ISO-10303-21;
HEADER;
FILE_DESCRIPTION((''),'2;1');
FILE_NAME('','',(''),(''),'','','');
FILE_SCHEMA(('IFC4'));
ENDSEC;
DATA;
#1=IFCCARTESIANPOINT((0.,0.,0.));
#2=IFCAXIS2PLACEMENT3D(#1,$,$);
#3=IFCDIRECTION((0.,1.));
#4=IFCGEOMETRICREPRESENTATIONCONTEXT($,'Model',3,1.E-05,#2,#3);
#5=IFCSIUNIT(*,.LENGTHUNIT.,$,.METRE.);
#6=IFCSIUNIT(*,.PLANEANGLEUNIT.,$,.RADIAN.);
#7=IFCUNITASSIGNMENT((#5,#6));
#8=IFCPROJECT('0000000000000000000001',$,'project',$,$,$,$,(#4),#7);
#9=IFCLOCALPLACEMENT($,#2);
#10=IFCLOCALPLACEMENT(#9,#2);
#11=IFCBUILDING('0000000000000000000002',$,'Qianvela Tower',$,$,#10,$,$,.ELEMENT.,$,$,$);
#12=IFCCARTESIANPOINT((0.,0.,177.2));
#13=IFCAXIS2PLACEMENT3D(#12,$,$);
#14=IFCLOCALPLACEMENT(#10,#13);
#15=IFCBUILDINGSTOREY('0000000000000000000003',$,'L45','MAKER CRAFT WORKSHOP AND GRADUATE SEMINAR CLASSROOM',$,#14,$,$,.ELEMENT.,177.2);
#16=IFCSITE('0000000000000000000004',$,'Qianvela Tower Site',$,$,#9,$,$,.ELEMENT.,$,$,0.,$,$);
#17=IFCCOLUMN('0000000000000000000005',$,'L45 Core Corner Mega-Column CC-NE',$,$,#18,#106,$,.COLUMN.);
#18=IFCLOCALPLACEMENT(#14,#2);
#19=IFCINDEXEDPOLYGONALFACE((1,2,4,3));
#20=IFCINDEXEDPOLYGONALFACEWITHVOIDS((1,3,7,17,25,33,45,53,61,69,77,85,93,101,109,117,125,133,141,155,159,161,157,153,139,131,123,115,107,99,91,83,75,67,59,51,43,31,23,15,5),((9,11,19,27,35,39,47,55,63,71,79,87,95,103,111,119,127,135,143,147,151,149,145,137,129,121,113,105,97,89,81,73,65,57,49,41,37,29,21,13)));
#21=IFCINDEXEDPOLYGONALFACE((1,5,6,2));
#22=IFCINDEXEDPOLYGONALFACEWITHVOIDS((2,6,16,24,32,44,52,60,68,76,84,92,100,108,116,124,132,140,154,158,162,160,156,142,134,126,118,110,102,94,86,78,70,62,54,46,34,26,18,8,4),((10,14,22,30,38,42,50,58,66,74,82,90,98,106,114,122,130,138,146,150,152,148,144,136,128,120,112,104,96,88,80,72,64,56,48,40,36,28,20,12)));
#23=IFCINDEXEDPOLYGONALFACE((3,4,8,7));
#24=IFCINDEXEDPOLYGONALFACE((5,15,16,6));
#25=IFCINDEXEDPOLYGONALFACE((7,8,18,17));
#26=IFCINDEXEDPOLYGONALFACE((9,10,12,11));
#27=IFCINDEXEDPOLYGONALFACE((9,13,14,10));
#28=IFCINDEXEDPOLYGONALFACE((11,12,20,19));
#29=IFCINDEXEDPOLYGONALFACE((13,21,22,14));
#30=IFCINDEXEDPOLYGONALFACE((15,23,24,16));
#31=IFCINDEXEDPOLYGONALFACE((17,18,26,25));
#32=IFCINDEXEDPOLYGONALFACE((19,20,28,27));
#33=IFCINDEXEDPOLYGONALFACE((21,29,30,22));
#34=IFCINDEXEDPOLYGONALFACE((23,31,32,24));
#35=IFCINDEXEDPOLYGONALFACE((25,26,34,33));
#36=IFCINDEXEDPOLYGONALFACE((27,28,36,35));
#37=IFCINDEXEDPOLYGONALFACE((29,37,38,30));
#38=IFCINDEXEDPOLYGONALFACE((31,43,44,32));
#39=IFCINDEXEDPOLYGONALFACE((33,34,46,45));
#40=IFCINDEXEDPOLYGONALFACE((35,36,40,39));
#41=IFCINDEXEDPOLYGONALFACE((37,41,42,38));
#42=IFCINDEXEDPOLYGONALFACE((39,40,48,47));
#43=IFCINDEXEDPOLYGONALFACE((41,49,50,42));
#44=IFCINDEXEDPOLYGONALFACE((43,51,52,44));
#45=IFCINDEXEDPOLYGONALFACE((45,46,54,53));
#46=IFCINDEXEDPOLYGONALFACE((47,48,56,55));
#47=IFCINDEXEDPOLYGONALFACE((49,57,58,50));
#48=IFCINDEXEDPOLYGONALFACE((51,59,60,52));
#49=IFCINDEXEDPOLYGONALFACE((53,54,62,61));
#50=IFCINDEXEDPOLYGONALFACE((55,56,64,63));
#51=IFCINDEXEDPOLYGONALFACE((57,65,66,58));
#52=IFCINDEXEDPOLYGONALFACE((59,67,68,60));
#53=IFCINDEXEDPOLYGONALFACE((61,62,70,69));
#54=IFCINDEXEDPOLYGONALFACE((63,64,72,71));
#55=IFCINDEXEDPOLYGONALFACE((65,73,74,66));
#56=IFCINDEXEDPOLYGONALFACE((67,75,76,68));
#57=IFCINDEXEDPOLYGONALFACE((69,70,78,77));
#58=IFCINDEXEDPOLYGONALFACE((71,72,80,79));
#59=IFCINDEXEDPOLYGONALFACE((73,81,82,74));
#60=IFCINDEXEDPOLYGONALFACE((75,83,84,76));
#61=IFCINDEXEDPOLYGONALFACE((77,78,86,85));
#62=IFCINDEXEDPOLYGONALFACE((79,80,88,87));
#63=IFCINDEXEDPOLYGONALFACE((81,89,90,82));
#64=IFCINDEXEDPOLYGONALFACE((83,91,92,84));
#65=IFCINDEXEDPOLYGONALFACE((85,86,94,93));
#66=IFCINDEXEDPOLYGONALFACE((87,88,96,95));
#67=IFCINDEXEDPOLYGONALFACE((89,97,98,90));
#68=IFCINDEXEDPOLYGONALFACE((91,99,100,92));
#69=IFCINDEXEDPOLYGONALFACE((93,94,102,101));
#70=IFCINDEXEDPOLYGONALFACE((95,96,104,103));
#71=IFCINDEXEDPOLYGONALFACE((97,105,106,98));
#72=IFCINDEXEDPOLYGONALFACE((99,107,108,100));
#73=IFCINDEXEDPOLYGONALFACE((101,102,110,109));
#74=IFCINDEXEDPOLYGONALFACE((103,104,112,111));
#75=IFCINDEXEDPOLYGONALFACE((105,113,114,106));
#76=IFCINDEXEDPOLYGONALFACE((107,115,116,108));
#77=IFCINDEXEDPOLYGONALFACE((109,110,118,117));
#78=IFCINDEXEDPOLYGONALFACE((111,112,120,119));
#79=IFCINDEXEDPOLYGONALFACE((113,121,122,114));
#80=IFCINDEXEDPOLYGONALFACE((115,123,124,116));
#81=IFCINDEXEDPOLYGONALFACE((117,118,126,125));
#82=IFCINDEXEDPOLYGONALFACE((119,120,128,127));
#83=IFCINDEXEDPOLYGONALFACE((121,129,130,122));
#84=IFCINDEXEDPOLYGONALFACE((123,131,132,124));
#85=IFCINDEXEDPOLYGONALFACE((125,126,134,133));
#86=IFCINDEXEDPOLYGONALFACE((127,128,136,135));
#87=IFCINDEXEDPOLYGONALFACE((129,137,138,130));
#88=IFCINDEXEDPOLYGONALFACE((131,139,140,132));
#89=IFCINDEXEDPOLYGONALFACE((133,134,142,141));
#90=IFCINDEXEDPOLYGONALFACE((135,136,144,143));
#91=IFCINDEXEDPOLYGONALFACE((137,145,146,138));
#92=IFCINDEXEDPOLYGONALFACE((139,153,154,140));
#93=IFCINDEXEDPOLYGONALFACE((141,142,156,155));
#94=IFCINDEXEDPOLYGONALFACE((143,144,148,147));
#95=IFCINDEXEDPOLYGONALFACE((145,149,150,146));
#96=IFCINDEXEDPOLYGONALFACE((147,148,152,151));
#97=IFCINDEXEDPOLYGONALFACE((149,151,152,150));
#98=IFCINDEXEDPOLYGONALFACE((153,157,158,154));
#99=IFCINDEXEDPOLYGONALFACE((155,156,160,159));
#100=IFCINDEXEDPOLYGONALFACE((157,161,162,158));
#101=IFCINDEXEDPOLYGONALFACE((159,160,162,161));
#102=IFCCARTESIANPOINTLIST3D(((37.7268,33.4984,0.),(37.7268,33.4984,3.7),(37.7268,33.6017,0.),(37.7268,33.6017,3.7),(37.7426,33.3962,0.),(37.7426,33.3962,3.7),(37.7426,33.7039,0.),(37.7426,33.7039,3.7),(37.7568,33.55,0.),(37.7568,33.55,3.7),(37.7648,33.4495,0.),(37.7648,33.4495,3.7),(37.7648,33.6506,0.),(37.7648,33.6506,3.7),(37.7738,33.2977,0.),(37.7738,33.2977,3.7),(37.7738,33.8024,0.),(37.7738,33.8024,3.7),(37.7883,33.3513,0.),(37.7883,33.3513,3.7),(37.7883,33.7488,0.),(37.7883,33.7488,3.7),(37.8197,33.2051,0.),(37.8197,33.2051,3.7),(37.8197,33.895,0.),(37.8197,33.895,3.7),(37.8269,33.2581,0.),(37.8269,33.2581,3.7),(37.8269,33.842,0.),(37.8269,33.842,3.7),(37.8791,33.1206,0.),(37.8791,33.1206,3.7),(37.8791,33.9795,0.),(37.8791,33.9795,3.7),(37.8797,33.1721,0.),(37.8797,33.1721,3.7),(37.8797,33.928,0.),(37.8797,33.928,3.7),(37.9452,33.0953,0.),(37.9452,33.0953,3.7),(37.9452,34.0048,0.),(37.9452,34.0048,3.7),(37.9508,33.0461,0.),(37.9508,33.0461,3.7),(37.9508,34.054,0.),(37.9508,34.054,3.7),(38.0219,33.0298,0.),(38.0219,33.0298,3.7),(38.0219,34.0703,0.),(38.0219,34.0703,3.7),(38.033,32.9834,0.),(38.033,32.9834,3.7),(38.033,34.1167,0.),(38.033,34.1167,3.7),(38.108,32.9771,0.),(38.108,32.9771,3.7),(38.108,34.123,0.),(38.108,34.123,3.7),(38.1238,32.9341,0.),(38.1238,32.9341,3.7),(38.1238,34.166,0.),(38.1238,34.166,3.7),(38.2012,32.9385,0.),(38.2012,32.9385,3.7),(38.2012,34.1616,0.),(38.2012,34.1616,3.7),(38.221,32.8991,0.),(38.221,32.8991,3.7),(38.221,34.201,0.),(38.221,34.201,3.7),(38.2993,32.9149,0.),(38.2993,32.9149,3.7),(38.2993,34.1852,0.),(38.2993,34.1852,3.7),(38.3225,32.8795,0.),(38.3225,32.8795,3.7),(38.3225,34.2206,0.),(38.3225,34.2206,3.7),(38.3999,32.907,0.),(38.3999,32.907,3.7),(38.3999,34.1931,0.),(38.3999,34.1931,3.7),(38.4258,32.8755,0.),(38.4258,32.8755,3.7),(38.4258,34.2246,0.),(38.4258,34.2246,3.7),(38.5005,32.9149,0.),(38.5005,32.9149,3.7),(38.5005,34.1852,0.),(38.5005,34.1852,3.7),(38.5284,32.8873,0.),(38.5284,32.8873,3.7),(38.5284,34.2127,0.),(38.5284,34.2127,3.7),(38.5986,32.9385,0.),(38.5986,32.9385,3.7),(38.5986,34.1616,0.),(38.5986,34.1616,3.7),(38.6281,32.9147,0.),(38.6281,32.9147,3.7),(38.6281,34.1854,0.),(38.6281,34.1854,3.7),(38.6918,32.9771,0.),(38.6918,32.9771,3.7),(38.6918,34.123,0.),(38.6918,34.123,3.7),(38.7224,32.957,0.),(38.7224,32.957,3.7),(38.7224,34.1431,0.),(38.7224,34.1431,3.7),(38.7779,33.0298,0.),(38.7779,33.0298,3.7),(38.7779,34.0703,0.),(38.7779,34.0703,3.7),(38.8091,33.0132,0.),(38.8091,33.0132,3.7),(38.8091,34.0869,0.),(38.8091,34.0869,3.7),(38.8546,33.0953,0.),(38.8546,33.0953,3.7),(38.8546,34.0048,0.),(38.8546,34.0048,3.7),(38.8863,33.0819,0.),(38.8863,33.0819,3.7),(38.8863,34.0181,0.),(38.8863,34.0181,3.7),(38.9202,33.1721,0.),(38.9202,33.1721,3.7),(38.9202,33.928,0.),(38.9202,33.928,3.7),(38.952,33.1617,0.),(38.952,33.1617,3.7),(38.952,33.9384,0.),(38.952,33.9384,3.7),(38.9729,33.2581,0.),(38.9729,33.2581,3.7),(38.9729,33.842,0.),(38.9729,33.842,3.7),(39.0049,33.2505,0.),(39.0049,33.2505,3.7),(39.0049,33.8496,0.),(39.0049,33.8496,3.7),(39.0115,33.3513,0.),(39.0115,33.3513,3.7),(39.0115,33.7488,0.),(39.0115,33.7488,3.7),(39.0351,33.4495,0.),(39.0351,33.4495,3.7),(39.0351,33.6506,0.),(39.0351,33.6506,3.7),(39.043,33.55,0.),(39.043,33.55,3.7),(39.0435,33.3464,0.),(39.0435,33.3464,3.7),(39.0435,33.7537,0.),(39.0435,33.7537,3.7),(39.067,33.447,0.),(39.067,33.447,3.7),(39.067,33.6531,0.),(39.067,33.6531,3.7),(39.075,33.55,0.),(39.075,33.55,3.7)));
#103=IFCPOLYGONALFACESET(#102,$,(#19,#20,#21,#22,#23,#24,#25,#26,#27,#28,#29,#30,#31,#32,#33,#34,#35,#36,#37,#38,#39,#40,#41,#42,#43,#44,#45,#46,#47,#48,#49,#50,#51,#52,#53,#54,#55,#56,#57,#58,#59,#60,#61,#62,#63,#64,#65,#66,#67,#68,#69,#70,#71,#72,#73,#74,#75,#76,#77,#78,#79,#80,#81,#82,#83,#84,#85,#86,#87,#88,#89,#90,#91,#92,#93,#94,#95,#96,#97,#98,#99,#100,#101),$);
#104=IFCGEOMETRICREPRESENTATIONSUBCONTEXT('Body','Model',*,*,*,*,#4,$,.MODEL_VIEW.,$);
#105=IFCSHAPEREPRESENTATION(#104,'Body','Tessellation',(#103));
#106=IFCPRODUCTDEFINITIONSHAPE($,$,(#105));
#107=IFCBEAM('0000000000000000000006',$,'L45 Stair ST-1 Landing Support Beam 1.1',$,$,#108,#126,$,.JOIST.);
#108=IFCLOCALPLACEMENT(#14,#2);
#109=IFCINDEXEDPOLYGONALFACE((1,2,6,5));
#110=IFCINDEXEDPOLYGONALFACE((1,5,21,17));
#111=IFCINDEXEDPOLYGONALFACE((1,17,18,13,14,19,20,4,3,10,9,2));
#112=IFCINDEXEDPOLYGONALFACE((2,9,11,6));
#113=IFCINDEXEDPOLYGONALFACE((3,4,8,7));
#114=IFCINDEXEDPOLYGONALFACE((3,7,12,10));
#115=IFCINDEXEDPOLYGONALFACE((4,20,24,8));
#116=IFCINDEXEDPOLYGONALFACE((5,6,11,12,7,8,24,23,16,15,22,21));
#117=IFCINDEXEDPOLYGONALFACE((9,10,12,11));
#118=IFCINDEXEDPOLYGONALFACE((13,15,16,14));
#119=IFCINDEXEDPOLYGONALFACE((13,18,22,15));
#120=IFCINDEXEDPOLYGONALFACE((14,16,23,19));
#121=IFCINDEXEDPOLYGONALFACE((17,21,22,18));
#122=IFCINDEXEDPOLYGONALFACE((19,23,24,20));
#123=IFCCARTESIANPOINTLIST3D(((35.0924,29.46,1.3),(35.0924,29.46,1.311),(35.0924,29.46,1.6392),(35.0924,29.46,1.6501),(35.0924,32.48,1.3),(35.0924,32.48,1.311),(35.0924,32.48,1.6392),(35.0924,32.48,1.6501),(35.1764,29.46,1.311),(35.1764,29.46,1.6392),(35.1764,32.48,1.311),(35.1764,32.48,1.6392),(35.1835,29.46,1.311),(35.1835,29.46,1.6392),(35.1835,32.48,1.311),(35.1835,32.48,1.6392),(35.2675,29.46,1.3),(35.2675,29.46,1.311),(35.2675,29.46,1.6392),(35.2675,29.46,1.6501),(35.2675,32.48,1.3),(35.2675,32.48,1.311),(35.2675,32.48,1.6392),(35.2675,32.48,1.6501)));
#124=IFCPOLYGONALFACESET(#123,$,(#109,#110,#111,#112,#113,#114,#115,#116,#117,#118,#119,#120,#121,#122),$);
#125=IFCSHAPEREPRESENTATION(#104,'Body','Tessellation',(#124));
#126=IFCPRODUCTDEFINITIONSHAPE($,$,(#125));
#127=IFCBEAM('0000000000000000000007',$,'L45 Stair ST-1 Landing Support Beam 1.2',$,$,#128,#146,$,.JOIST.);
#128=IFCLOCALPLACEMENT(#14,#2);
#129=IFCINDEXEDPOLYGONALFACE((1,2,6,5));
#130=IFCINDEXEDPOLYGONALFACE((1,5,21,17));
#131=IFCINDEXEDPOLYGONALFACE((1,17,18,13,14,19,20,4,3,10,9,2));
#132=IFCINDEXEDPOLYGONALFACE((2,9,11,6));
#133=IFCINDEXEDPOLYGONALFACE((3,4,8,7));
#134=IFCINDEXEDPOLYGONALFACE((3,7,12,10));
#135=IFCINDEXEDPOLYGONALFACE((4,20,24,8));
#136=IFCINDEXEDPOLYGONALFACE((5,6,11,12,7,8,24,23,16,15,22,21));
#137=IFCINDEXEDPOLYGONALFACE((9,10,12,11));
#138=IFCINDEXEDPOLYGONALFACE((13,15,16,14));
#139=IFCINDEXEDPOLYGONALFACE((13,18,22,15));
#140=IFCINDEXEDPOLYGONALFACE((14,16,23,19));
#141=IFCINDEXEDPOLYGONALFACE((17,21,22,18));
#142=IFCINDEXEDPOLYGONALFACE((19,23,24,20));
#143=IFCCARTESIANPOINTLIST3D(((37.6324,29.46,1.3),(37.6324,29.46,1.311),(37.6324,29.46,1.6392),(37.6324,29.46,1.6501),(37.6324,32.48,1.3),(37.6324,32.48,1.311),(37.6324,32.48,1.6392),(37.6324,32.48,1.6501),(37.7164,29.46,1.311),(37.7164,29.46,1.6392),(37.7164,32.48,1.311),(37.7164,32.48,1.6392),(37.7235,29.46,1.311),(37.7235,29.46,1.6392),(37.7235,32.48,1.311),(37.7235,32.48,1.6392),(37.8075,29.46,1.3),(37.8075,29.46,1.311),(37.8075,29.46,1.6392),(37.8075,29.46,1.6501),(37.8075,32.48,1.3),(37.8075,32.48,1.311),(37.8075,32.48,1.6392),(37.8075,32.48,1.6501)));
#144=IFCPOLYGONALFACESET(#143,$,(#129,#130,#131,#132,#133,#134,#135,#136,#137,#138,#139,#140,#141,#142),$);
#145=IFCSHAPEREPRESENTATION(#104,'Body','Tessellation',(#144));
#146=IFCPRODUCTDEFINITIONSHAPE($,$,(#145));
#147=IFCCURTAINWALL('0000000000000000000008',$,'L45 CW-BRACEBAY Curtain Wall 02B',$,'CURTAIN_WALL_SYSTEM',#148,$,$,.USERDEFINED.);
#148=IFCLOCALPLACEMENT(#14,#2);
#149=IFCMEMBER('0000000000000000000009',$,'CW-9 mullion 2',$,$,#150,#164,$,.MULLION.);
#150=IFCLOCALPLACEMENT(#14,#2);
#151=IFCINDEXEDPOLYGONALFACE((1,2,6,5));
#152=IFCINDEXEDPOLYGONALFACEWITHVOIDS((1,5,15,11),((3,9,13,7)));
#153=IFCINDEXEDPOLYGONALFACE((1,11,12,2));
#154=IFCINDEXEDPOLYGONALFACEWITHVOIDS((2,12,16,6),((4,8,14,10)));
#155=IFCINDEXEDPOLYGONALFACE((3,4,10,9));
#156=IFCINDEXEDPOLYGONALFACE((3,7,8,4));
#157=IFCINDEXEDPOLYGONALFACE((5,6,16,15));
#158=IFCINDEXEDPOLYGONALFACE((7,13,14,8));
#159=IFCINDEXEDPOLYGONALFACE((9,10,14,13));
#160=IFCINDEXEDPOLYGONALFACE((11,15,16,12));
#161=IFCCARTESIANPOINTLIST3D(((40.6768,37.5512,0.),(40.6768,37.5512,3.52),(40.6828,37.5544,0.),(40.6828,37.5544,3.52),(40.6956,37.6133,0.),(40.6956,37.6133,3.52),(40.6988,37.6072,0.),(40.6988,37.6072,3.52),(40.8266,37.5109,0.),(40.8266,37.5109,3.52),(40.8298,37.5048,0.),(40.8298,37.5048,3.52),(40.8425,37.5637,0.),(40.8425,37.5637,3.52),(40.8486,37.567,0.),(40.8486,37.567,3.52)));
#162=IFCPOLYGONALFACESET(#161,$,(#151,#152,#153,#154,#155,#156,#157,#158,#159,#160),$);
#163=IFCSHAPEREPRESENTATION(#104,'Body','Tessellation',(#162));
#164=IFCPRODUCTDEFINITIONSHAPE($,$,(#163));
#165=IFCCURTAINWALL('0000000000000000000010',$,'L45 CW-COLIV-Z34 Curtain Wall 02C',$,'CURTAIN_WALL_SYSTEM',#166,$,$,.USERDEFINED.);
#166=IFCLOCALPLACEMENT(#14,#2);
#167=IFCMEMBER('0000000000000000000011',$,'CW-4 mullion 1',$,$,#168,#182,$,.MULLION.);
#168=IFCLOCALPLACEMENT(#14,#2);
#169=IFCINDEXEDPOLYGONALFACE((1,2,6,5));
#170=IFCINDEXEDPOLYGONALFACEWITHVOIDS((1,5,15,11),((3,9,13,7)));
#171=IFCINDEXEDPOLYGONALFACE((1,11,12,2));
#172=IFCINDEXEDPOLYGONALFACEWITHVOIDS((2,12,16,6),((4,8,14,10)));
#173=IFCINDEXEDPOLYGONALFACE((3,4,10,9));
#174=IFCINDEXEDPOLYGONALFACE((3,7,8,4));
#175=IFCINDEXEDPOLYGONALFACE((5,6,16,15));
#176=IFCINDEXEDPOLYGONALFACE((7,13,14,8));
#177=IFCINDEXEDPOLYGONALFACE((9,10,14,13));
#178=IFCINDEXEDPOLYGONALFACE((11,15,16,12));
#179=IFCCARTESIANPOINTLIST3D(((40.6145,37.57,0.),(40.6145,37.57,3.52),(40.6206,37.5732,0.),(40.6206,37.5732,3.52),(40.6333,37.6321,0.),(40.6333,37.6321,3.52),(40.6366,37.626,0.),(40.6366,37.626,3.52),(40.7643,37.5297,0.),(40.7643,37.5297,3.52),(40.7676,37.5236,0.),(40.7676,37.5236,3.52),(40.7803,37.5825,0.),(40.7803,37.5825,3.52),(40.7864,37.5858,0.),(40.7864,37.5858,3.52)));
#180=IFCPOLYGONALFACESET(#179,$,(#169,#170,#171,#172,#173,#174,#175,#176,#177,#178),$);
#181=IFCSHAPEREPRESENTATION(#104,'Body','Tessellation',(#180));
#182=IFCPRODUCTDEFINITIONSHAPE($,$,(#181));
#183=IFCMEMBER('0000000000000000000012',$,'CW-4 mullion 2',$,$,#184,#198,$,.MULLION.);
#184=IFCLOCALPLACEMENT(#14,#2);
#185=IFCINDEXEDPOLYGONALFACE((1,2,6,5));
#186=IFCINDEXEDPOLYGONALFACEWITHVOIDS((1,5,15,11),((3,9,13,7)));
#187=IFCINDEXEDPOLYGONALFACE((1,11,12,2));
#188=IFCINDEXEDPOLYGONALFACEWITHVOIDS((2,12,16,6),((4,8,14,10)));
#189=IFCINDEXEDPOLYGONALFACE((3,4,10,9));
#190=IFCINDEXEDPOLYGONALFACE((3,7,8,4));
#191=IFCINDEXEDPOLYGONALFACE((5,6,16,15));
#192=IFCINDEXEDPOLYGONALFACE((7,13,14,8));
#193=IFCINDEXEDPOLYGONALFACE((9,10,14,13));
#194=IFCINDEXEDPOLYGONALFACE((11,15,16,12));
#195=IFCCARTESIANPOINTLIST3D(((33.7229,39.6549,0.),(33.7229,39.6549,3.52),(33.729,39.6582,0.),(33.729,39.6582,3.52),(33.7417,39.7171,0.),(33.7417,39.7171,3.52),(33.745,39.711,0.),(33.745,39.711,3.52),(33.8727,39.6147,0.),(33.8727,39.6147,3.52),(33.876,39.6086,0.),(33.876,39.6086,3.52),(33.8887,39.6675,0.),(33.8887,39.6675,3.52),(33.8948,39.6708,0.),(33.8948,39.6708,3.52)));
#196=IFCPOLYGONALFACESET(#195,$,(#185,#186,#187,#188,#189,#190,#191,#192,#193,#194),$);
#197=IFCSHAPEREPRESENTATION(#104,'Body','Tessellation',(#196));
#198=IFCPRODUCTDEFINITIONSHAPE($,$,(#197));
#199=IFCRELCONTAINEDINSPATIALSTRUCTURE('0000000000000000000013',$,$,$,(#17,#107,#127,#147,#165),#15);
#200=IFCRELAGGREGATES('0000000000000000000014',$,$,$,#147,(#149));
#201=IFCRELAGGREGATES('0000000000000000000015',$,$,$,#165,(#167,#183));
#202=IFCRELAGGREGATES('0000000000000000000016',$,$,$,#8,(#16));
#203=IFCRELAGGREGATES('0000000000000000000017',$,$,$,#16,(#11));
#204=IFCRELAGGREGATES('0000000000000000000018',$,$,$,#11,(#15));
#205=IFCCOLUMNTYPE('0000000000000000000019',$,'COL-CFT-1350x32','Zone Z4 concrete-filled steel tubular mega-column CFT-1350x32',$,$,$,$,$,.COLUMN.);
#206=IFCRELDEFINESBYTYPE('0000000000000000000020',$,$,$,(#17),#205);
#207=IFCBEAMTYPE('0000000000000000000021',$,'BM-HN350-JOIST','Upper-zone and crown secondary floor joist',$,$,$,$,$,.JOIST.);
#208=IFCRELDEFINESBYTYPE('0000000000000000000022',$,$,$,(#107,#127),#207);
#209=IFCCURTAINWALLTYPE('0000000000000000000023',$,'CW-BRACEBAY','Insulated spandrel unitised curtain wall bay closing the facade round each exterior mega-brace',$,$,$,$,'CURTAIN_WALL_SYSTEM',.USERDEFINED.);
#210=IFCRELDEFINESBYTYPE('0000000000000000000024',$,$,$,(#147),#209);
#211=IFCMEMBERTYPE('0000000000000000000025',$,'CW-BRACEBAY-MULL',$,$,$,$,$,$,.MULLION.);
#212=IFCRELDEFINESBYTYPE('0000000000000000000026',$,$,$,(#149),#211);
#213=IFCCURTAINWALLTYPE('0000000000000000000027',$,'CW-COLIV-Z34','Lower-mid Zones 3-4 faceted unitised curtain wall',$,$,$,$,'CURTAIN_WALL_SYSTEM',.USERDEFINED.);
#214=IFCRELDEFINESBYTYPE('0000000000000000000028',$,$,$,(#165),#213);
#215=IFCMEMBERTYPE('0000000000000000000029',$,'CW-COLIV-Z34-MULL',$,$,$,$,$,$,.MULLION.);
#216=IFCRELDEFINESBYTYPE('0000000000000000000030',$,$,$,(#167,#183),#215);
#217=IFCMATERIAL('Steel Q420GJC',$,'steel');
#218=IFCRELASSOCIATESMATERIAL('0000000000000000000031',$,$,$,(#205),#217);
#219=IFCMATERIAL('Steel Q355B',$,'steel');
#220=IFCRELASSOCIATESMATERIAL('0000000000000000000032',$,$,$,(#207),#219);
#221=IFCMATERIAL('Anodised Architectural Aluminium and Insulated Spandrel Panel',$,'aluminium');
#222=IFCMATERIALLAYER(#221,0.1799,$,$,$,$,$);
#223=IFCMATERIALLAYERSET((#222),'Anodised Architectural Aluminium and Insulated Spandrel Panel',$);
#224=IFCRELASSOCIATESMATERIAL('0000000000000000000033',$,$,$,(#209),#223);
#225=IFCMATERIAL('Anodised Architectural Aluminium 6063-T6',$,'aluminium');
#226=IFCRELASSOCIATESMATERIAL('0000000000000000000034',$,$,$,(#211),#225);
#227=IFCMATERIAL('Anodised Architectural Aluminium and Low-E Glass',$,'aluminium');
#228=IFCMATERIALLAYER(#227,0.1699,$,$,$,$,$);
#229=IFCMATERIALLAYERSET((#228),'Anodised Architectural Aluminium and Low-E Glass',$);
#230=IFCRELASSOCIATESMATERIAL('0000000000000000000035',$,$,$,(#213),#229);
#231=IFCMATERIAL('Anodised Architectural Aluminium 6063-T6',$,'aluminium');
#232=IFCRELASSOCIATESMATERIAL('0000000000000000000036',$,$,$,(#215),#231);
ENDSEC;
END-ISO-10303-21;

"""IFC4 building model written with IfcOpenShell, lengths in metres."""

from ifc_helpers import new_model, si_unit, direction, frame, origin, origin_2d, place, context, subcontext, project, spatial, hollow_rectangle, hollow_circle, i_section, extrude, material, layer, layer_set, material_profile, profile_set, type_object, element, aggregate, save


model = new_model("IFC4")

# Units and contexts
model_context = context("Model", 3, precision=1e-05, world=origin(), true_north=direction((0.0, 1.0)))
body_context = subcontext(model_context, "Body", "Model", "MODEL_VIEW")
ifc_project = project(units=[si_unit("LENGTHUNIT", "METRE"), si_unit("PLANEANGLEUNIT", "RADIAN")], contexts=[model_context])

# Site, building, storey
site_placement = place(None, origin())
site = spatial("IfcSite", under=ifc_project, at=site_placement, Name="Qianvela Tower Site", CompositionType="ELEMENT", RefElevation=0.0)
building_placement = place(site_placement, origin())
building = spatial("IfcBuilding", under=site, at=building_placement, Name="Qianvela Tower", CompositionType="ELEMENT")
storey_placement = place(building_placement, frame((0.0, 0.0, 177.2)))
storey = spatial("IfcBuildingStorey", under=building, at=storey_placement, Name="L45", Description="MAKER CRAFT WORKSHOP AND GRADUATE SEMINAR CLASSROOM", CompositionType="ELEMENT", Elevation=177.2)

# Column
ifc_material_1 = material(Name="Steel Q420GJC", Category="steel")
ifc_material_profile_1 = material_profile(ifc_material_1, hollow_circle(Radius=0.675, WallThickness=0.032, at=origin_2d()), Name="CFT-1350x32")
ifc_profile_set_1 = profile_set([ifc_material_profile_1], Name="Steel Q420GJC")
column_type = type_object("IfcColumnType", Name="COL-CFT-1350x32", Description="Zone Z4 concrete-filled steel tubular mega-column CFT-1350x32", PredefinedType="COLUMN", material=ifc_profile_set_1)
column_placement = place(storey_placement, frame((38.3999, 33.55, 0.0), z_axis=(0.0, 0.0, 1.0), x_axis=(1.0, 0.0, 0.0)))
element("IfcColumn", 1, at=column_placement, inside=storey, type_object=column_type, Name="L45 Core Corner Mega-Column CC-NE", PredefinedType="COLUMN", context=body_context, shape_type="SweptSolid", body=[
    extrude(hollow_circle(Radius=0.675, WallThickness=0.032, at=origin_2d()), origin(), (0.0, 0.0, 1.0), 3.7),
])

# Beams
ifc_material_2 = material(Name="Steel Q355B", Category="steel")
ifc_material_profile_2 = material_profile(ifc_material_2, i_section(OverallWidth=0.175, OverallDepth=0.3501, WebThickness=0.0071, FlangeThickness=0.011, at=origin_2d()), Name="HN350x175x7x11")
ifc_profile_set_2 = profile_set([ifc_material_profile_2], Name="Steel Q355B")
beam_type = type_object("IfcBeamType", Name="BM-HN350-JOIST", Description="Upper-zone and crown secondary floor joist", PredefinedType="JOIST", material=ifc_profile_set_2)
for number, where, z_axis, x_axis, name in (
    (2, (35.1799, 29.46, 1.4751), (0.0, 1.0, 0.0), (-1.0, 0.0, 0.0), "L45 Stair ST-1 Landing Support Beam 1.1"),
    (3, (37.72, 29.46, 1.4751), (0.0, 1.0, 0.0), (-1.0, 0.0, 0.0), "L45 Stair ST-1 Landing Support Beam 1.2"),
):
    element("IfcBeam", number, at=place(storey_placement, frame(where, z_axis=z_axis, x_axis=x_axis)), inside=storey, type_object=beam_type, Name=name, PredefinedType="JOIST", context=body_context, shape_type="SweptSolid", body=[
        extrude(i_section(OverallWidth=0.175, OverallDepth=0.3501, WebThickness=0.0071, FlangeThickness=0.011, at=origin_2d()), origin(), (0.0, 0.0, 1.0), 3.02),
    ])

# Curtain wall, member
ifc_material_3 = material(Name="Anodised Architectural Aluminium and Insulated Spandrel Panel", Category="aluminium")
ifc_layer_1 = layer(ifc_material_3, 0.1799)
ifc_layer_set_1 = layer_set([ifc_layer_1], Name="Anodised Architectural Aluminium and Insulated Spandrel Panel")
curtain_wall_type_1 = type_object("IfcCurtainWallType", Name="CW-BRACEBAY", Description="Insulated spandrel unitised curtain wall bay closing the facade round each exterior mega-brace", ElementType="CURTAIN_WALL_SYSTEM", PredefinedType="USERDEFINED", material=ifc_layer_set_1)
curtain_wall_1_placement = place(storey_placement, origin())
curtain_wall_1 = element("IfcCurtainWall", 4, at=curtain_wall_1_placement, inside=storey, type_object=curtain_wall_type_1, Name="L45 CW-BRACEBAY Curtain Wall 02B", ObjectType="CURTAIN_WALL_SYSTEM", PredefinedType="USERDEFINED")
ifc_material_4 = material(Name="Anodised Architectural Aluminium 6063-T6", Category="aluminium")
ifc_material_profile_3 = material_profile(ifc_material_4, hollow_rectangle(XDim=0.0649, YDim=0.1599, WallThickness=0.0049, at=origin_2d()), Name="ALU-MULL-65x160")
ifc_profile_set_3 = profile_set([ifc_material_profile_3], Name="Anodised Architectural Aluminium 6063-T6")
member_type_1 = type_object("IfcMemberType", Name="CW-BRACEBAY-MULL", PredefinedType="MULLION", material=ifc_profile_set_3)
member_1_placement = place(storey_placement, frame((40.7627, 37.5591, 0.0), z_axis=(0.0, 0.0, 1.0), x_axis=(-0.289582, -0.957153, 0.0)))
member_1 = element("IfcMember", 5, at=member_1_placement, type_object=member_type_1, Name="CW-9 mullion 2", PredefinedType="MULLION", context=body_context, shape_type="SweptSolid", body=[
    extrude(hollow_rectangle(XDim=0.0649, YDim=0.1599, WallThickness=0.0049, at=origin_2d()), origin(), (0.0, 0.0, 1.0), 3.52),
])
aggregate(curtain_wall_1, [member_1])

# Curtain wall, members
ifc_material_5 = material(Name="Anodised Architectural Aluminium and Low-E Glass", Category="aluminium")
ifc_layer_2 = layer(ifc_material_5, 0.1699)
ifc_layer_set_2 = layer_set([ifc_layer_2], Name="Anodised Architectural Aluminium and Low-E Glass")
curtain_wall_type_2 = type_object("IfcCurtainWallType", Name="CW-COLIV-Z34", Description="Lower-mid Zones 3-4 faceted unitised curtain wall", ElementType="CURTAIN_WALL_SYSTEM", PredefinedType="USERDEFINED", material=ifc_layer_set_2)
curtain_wall_2_placement = place(storey_placement, origin())
curtain_wall_2 = element("IfcCurtainWall", 6, at=curtain_wall_2_placement, inside=storey, type_object=curtain_wall_type_2, Name="L45 CW-COLIV-Z34 Curtain Wall 02C", ObjectType="CURTAIN_WALL_SYSTEM", PredefinedType="USERDEFINED")
ifc_material_6 = material(Name="Anodised Architectural Aluminium 6063-T6", Category="aluminium")
ifc_material_profile_4 = material_profile(ifc_material_6, hollow_rectangle(XDim=0.0649, YDim=0.1599, WallThickness=0.0049, at=origin_2d()), Name="ALU-MULL-65x160")
ifc_profile_set_4 = profile_set([ifc_material_profile_4], Name="Anodised Architectural Aluminium 6063-T6")
member_type_2 = type_object("IfcMemberType", Name="CW-COLIV-Z34-MULL", PredefinedType="MULLION", material=ifc_profile_set_4)
member_2_placement = place(storey_placement, frame((40.7004, 37.5779, 0.0), z_axis=(0.0, 0.0, 1.0), x_axis=(-0.289585, -0.957152, 0.0)))
member_2 = element("IfcMember", 7, at=member_2_placement, type_object=member_type_2, Name="CW-4 mullion 1", PredefinedType="MULLION", context=body_context, shape_type="SweptSolid", body=[
    extrude(hollow_rectangle(XDim=0.0649, YDim=0.1599, WallThickness=0.0049, at=origin_2d()), origin(), (0.0, 0.0, 1.0), 3.52),
])
member_3_placement = place(storey_placement, frame((33.8088, 39.6628, 0.0), z_axis=(0.0, 0.0, 1.0), x_axis=(-0.289585, -0.957152, 0.0)))
member_3 = element("IfcMember", 8, at=member_3_placement, type_object=member_type_2, Name="CW-4 mullion 2", PredefinedType="MULLION", context=body_context, shape_type="SweptSolid", body=[
    extrude(hollow_rectangle(XDim=0.0649, YDim=0.1599, WallThickness=0.0049, at=origin_2d()), origin(), (0.0, 0.0, 1.0), 3.52),
])
aggregate(curtain_wall_2, [member_2, member_3])

save(model, "model.ifc")
